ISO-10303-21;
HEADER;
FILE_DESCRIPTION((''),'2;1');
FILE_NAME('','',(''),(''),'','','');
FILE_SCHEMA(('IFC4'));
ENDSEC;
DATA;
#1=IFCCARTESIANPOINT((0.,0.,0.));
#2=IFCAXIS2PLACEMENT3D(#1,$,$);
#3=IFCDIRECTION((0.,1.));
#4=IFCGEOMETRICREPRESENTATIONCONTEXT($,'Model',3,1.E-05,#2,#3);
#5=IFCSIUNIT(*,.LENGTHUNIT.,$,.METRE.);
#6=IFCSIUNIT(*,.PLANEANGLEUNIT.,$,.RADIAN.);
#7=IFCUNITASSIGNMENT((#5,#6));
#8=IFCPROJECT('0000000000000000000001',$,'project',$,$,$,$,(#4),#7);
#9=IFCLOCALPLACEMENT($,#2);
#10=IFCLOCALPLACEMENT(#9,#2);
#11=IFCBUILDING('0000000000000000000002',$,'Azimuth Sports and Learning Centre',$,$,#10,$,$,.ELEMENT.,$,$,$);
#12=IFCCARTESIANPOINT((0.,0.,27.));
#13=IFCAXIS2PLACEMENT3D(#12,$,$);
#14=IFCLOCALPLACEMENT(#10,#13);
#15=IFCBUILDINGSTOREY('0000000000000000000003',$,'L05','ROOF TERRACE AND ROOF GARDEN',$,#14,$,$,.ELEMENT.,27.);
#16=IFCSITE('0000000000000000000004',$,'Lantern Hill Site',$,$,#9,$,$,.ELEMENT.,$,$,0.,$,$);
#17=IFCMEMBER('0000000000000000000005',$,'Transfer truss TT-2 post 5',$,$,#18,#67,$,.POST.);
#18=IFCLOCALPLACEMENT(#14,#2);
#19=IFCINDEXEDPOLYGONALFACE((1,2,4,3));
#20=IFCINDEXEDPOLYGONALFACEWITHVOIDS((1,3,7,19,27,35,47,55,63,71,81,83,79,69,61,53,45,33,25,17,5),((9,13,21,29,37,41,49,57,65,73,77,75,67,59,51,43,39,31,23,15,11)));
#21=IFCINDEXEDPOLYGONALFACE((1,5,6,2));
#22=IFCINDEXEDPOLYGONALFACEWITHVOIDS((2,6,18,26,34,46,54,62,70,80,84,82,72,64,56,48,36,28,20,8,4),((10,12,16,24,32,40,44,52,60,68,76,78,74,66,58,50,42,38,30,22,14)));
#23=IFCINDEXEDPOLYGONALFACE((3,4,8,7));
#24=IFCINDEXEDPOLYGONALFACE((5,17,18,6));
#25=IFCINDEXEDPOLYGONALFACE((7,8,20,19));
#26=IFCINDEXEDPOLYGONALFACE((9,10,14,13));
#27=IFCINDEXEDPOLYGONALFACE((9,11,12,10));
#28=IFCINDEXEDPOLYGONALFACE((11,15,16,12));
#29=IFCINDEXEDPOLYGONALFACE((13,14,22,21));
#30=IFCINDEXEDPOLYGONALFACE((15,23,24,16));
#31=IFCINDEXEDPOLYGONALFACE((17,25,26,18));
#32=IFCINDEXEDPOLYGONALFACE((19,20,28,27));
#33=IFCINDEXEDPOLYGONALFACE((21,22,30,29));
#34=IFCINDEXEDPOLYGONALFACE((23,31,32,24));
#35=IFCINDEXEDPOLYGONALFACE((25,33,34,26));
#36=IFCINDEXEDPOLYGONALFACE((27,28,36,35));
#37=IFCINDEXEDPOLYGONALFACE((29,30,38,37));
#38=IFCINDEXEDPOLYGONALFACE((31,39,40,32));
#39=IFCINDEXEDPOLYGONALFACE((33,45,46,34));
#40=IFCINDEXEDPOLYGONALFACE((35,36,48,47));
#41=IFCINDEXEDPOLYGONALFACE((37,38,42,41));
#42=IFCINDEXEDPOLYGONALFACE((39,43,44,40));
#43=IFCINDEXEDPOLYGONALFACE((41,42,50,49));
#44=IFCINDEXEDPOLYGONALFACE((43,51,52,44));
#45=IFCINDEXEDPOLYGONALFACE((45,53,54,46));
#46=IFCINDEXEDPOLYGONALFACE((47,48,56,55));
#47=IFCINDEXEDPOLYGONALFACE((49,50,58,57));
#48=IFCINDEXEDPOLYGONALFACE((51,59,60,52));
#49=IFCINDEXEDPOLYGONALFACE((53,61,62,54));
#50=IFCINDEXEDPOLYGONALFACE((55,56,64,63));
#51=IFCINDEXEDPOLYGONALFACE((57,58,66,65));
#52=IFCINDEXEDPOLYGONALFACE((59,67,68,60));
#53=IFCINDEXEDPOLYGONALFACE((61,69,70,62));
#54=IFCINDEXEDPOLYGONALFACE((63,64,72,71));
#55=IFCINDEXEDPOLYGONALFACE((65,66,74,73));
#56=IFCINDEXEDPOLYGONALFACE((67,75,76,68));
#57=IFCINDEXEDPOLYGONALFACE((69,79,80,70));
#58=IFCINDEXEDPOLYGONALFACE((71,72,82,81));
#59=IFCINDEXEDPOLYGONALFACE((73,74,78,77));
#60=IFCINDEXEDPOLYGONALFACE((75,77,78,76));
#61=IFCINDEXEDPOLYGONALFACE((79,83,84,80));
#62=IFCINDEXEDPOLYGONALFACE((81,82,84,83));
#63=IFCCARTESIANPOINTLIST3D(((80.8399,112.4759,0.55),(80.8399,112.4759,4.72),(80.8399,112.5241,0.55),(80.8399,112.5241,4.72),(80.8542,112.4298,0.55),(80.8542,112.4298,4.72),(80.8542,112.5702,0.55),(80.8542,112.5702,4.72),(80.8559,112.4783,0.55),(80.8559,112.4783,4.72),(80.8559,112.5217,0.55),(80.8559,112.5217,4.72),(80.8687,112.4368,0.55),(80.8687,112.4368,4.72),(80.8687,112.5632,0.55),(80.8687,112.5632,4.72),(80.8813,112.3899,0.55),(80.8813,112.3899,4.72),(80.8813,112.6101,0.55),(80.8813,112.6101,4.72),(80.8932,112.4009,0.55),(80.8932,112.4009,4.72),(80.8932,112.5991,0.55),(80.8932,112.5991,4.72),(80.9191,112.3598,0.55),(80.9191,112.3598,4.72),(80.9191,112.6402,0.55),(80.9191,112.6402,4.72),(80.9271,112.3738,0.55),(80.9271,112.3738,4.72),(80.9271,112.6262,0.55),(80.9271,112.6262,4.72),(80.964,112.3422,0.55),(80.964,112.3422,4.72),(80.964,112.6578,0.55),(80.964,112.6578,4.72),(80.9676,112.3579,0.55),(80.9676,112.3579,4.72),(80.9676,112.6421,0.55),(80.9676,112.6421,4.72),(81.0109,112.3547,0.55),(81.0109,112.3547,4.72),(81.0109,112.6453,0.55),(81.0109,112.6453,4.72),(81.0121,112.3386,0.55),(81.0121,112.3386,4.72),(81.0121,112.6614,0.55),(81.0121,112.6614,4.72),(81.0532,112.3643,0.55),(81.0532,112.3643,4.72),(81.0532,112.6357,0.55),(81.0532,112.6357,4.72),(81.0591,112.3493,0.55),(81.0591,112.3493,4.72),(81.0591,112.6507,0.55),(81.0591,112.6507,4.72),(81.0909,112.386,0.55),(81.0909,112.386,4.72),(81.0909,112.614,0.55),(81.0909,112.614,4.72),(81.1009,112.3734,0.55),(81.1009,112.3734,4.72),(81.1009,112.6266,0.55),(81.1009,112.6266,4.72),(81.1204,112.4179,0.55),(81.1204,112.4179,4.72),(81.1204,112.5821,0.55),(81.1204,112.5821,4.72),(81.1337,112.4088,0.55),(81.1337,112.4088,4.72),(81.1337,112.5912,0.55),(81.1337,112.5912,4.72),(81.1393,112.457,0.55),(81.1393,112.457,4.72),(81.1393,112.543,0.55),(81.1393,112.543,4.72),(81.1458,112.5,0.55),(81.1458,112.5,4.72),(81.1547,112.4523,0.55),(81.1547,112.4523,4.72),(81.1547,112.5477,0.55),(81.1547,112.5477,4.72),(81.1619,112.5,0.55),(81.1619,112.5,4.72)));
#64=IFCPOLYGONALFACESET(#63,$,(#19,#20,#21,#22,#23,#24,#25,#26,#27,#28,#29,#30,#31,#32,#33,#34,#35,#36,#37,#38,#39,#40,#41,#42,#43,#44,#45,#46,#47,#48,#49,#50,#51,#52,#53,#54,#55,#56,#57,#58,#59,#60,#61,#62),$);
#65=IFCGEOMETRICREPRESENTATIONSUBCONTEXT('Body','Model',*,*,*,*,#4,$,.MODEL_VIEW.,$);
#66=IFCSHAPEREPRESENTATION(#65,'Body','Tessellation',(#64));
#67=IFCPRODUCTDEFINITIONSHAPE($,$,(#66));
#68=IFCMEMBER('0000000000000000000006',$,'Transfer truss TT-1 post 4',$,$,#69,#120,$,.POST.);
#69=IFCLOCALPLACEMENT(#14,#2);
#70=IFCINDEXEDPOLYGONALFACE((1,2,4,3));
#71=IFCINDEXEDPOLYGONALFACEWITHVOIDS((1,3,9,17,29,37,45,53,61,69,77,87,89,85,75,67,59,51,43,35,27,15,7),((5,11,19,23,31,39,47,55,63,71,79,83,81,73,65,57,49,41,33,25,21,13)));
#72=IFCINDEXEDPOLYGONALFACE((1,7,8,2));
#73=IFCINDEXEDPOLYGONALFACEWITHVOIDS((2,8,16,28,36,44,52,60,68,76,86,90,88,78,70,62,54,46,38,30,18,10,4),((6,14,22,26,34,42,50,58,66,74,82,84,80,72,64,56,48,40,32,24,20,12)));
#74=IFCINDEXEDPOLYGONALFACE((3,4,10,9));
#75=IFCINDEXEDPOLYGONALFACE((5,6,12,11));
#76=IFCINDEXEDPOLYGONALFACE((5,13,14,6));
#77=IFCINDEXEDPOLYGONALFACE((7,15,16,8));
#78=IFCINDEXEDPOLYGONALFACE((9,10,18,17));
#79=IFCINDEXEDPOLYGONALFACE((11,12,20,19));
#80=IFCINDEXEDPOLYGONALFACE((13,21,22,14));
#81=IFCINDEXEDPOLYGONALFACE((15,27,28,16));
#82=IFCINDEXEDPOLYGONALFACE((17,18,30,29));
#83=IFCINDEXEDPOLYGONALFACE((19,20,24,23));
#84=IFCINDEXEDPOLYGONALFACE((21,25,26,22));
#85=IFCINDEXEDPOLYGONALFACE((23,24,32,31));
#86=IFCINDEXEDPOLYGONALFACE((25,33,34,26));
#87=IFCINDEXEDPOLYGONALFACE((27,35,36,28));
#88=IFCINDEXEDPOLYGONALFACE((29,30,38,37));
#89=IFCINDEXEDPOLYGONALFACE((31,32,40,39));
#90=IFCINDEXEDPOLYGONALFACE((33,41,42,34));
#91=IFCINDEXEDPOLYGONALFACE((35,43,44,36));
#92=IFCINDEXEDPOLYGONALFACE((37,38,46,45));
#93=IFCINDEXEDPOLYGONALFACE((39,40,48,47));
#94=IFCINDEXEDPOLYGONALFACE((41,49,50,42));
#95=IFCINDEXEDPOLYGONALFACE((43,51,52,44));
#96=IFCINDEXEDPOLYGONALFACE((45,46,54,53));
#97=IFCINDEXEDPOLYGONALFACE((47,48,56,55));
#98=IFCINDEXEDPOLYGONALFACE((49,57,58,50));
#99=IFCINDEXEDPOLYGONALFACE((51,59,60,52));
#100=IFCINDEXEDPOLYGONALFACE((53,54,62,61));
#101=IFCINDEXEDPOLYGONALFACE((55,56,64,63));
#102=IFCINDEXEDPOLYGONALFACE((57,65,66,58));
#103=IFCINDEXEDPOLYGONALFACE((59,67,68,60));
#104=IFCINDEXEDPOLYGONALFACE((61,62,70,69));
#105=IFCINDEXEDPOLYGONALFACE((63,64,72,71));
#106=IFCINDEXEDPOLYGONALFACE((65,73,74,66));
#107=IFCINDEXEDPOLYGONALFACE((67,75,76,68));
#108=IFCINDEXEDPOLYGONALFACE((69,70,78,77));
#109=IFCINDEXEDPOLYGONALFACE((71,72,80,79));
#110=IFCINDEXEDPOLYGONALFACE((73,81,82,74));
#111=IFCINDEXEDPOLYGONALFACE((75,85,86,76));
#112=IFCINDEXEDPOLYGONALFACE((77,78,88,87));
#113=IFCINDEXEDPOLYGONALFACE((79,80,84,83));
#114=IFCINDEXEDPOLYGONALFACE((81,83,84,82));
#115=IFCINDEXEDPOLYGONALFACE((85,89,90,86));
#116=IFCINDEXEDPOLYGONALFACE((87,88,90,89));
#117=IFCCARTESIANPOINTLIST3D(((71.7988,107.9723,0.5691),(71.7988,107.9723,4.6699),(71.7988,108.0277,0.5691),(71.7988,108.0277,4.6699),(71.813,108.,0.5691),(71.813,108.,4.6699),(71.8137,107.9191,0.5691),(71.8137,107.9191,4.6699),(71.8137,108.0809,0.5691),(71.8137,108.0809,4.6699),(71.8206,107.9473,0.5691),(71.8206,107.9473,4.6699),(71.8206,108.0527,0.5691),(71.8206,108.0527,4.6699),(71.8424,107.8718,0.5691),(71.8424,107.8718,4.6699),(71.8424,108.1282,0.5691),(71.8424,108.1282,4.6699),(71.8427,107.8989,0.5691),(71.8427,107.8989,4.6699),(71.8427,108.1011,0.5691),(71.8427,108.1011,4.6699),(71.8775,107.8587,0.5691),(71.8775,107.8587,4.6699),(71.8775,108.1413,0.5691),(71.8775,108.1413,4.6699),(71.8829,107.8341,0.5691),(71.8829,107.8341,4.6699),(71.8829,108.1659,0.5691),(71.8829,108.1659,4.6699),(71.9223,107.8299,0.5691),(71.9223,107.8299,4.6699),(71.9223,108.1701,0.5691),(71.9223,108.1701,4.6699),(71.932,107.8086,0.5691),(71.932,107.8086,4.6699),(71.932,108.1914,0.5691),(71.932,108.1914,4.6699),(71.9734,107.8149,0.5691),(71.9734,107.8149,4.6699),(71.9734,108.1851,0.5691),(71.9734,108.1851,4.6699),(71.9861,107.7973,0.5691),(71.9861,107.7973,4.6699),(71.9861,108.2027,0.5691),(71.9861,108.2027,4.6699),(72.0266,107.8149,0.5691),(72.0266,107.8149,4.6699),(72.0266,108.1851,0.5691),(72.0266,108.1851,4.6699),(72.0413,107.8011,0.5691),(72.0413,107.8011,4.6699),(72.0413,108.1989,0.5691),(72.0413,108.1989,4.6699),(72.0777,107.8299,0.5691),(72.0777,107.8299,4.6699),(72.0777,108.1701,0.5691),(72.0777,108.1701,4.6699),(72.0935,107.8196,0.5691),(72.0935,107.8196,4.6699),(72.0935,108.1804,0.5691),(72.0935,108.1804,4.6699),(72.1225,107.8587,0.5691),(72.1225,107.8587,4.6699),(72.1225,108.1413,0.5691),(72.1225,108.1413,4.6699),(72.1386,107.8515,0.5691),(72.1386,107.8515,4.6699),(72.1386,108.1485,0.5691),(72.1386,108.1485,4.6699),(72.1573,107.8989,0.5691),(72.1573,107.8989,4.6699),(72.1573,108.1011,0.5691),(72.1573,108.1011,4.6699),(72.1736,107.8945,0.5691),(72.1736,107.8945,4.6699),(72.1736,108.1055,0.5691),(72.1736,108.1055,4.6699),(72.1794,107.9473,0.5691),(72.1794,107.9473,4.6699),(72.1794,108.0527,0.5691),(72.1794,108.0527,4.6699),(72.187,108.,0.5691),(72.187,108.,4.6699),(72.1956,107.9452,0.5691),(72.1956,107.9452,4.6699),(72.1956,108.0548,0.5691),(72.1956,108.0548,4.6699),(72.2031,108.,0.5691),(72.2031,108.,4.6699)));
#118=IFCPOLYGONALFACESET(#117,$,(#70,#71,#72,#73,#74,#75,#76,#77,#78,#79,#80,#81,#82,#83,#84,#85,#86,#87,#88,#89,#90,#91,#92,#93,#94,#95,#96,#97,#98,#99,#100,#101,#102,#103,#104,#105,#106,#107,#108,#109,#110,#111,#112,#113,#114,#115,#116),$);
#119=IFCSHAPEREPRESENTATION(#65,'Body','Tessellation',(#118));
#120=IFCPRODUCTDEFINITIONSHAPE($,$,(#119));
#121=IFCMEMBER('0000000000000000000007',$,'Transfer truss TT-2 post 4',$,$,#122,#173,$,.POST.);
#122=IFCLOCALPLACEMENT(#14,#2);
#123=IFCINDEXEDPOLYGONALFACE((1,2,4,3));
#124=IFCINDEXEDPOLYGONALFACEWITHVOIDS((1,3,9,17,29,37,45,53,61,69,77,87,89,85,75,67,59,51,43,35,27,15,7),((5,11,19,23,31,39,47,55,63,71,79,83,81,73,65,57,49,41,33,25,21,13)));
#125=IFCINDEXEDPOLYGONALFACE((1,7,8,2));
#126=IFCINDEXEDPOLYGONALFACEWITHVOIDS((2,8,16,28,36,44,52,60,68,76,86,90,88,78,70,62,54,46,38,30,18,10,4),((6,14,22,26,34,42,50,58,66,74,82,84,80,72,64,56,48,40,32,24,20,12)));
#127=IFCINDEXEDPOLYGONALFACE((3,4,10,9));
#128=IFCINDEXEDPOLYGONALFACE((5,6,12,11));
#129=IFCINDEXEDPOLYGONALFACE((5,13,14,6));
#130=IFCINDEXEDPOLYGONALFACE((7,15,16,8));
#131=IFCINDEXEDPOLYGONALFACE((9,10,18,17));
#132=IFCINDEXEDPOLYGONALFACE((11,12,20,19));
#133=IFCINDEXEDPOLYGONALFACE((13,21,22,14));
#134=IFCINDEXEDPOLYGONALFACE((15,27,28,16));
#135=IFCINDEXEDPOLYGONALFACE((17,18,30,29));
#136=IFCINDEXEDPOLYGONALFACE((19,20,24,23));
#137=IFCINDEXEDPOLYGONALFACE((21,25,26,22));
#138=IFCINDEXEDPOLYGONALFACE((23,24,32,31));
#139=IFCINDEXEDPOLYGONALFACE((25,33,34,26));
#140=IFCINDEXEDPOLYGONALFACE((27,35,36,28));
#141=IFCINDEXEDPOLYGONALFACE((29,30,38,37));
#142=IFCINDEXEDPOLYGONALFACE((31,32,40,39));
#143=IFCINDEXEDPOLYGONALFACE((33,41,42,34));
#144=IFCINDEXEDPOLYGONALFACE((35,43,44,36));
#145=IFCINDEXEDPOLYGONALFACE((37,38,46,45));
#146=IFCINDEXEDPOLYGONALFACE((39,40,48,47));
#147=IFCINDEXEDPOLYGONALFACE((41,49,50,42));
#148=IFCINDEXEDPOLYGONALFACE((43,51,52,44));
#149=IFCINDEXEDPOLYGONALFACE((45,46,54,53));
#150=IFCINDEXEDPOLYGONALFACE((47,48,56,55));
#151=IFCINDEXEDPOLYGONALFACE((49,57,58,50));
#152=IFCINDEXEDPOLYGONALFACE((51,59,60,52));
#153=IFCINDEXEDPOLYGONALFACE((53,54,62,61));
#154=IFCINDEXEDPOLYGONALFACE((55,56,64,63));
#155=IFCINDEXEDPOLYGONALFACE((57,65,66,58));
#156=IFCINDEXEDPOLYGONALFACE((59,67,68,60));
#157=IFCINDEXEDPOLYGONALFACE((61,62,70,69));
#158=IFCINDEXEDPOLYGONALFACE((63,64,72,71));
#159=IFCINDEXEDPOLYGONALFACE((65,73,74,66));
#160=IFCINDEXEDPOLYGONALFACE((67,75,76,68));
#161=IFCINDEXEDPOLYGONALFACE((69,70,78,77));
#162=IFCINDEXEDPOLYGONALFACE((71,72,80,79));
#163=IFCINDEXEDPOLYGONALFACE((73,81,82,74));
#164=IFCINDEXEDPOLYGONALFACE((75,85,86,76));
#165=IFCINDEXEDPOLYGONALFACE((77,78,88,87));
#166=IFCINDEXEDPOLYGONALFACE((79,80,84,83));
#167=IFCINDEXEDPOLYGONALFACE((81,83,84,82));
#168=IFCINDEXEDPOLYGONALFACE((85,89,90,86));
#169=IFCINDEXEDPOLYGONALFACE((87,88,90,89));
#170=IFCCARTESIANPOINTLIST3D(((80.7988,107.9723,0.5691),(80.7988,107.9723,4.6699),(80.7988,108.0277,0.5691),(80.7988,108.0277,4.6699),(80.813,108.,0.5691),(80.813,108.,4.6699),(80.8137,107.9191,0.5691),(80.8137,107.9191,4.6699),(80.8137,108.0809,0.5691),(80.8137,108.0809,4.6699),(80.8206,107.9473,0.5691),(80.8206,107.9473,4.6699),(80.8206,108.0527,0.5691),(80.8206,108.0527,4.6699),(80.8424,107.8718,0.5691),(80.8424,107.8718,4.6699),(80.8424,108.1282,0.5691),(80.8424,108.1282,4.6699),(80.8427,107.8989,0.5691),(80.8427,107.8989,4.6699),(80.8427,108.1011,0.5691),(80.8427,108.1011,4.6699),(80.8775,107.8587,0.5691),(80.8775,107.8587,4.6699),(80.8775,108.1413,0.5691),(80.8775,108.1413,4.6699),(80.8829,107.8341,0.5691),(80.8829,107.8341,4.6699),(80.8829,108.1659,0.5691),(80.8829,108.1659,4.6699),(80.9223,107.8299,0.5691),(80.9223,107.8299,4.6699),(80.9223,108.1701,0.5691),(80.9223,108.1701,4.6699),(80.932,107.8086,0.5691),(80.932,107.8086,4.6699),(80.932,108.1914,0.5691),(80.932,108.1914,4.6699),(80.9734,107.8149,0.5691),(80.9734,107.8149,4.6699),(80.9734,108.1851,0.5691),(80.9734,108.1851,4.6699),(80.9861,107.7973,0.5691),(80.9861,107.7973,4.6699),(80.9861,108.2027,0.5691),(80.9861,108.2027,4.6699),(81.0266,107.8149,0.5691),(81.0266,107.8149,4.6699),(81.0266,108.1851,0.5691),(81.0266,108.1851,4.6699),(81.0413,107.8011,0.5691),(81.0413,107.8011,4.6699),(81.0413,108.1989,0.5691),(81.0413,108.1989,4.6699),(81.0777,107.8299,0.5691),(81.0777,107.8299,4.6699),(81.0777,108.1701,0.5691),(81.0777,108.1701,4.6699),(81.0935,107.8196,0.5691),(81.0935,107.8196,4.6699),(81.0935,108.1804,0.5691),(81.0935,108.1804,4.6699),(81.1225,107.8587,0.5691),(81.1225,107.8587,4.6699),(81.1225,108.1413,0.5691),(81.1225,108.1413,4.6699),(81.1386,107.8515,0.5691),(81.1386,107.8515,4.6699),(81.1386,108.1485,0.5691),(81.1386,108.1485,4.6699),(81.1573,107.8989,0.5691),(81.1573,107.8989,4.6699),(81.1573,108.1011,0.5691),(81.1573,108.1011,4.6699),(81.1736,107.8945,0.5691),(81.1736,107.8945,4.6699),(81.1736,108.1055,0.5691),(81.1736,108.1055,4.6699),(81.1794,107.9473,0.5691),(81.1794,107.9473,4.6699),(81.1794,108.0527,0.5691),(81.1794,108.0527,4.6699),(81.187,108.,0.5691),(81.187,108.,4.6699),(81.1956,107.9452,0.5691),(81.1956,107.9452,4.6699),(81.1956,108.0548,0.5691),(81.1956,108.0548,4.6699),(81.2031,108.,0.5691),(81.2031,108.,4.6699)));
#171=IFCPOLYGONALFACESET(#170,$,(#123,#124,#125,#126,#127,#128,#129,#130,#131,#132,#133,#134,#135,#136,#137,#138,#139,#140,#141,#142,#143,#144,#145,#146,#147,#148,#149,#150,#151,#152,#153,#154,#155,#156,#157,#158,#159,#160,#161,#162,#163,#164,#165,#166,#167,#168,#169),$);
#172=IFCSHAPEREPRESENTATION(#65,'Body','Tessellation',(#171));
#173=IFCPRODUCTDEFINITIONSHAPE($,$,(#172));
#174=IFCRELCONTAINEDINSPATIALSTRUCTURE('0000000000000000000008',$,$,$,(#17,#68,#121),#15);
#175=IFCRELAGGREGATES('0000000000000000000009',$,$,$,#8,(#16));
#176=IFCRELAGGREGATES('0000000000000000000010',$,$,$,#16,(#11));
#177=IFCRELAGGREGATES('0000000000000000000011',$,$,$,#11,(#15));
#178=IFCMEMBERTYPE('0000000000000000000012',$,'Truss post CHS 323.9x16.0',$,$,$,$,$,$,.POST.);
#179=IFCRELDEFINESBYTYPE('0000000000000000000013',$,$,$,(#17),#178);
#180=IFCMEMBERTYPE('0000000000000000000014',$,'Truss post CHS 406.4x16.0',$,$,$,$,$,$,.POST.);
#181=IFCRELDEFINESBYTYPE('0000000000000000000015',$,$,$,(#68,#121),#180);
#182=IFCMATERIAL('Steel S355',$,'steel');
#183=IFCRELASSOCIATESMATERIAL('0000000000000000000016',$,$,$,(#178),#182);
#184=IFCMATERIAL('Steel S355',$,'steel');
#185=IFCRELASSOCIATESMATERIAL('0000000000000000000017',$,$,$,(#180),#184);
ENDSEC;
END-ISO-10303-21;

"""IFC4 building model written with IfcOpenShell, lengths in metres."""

from ifc_helpers import new_model, si_unit, direction, frame, origin, origin_2d, place, context, subcontext, project, spatial, hollow_circle, extrude, material, material_profile, profile_set, type_object, element, save


model = new_model("IFC4")

# Units and contexts
model_context = context("Model", 3, precision=1e-05, world=origin(), true_north=direction((0.0, 1.0)))
body_context = subcontext(model_context, "Body", "Model", "MODEL_VIEW")
ifc_project = project(units=[si_unit("LENGTHUNIT", "METRE"), si_unit("PLANEANGLEUNIT", "RADIAN")], contexts=[model_context])

# Site, building, storey
site_placement = place(None, origin())
site = spatial("IfcSite", under=ifc_project, at=site_placement, Name="Lantern Hill Site", CompositionType="ELEMENT", RefElevation=0.0)
building_placement = place(site_placement, origin())
building = spatial("IfcBuilding", under=site, at=building_placement, Name="Azimuth Sports and Learning Centre", CompositionType="ELEMENT")
storey_placement = place(building_placement, frame((0.0, 0.0, 27.0)))
storey = spatial("IfcBuildingStorey", under=building, at=storey_placement, Name="L05", Description="ROOF TERRACE AND ROOF GARDEN", CompositionType="ELEMENT", Elevation=27.0)

# Members
ifc_material_1 = material(Name="Steel S355", Category="steel")
ifc_material_profile_1 = material_profile(ifc_material_1, hollow_circle(Radius=0.1619, WallThickness=0.0161, at=origin_2d()), Name="CHS 323.9x16.0")
ifc_profile_set_1 = profile_set([ifc_material_profile_1], Name="Steel S355")
member_type_1 = type_object("IfcMemberType", Name="Truss post CHS 323.9x16.0", PredefinedType="POST", material=ifc_profile_set_1)
member_1_placement = place(storey_placement, frame((81.0, 112.5, 0.55), z_axis=(0.0, 0.0, 1.0), x_axis=(1.0, 0.0, 0.0)))
element("IfcMember", 1, at=member_1_placement, inside=storey, type_object=member_type_1, Name="Transfer truss TT-2 post 5", PredefinedType="POST", context=body_context, shape_type="SweptSolid", body=[
    extrude(hollow_circle(Radius=0.1619, WallThickness=0.0161, at=origin_2d()), origin(), (0.0, 0.0, 1.0), 4.1699),
])
ifc_material_2 = material(Name="Steel S355", Category="steel")
ifc_material_profile_2 = material_profile(ifc_material_2, hollow_circle(Radius=0.2031, WallThickness=0.0161, at=origin_2d()), Name="CHS 406.4x16.0")
ifc_profile_set_2 = profile_set([ifc_material_profile_2], Name="Steel S355")
member_type_2 = type_object("IfcMemberType", Name="Truss post CHS 406.4x16.0", PredefinedType="POST", material=ifc_profile_set_2)
for number, where, z_axis, x_axis, name in (
    (2, (72.0, 108.0, 0.5691), (0.0, 0.0, 1.0), (1.0, 0.0, 0.0), "Transfer truss TT-1 post 4"),
    (3, (81.0, 108.0, 0.5691), (0.0, 0.0, 1.0), (1.0, 0.0, 0.0), "Transfer truss TT-2 post 4"),
):
    element("IfcMember", number, at=place(storey_placement, frame(where, z_axis=z_axis, x_axis=x_axis)), inside=storey, type_object=member_type_2, Name=name, PredefinedType="POST", context=body_context, shape_type="SweptSolid", body=[
        extrude(hollow_circle(Radius=0.2031, WallThickness=0.0161, at=origin_2d()), origin(), (0.0, 0.0, 1.0), 4.1008),
    ])

save(model, "model.ifc")
